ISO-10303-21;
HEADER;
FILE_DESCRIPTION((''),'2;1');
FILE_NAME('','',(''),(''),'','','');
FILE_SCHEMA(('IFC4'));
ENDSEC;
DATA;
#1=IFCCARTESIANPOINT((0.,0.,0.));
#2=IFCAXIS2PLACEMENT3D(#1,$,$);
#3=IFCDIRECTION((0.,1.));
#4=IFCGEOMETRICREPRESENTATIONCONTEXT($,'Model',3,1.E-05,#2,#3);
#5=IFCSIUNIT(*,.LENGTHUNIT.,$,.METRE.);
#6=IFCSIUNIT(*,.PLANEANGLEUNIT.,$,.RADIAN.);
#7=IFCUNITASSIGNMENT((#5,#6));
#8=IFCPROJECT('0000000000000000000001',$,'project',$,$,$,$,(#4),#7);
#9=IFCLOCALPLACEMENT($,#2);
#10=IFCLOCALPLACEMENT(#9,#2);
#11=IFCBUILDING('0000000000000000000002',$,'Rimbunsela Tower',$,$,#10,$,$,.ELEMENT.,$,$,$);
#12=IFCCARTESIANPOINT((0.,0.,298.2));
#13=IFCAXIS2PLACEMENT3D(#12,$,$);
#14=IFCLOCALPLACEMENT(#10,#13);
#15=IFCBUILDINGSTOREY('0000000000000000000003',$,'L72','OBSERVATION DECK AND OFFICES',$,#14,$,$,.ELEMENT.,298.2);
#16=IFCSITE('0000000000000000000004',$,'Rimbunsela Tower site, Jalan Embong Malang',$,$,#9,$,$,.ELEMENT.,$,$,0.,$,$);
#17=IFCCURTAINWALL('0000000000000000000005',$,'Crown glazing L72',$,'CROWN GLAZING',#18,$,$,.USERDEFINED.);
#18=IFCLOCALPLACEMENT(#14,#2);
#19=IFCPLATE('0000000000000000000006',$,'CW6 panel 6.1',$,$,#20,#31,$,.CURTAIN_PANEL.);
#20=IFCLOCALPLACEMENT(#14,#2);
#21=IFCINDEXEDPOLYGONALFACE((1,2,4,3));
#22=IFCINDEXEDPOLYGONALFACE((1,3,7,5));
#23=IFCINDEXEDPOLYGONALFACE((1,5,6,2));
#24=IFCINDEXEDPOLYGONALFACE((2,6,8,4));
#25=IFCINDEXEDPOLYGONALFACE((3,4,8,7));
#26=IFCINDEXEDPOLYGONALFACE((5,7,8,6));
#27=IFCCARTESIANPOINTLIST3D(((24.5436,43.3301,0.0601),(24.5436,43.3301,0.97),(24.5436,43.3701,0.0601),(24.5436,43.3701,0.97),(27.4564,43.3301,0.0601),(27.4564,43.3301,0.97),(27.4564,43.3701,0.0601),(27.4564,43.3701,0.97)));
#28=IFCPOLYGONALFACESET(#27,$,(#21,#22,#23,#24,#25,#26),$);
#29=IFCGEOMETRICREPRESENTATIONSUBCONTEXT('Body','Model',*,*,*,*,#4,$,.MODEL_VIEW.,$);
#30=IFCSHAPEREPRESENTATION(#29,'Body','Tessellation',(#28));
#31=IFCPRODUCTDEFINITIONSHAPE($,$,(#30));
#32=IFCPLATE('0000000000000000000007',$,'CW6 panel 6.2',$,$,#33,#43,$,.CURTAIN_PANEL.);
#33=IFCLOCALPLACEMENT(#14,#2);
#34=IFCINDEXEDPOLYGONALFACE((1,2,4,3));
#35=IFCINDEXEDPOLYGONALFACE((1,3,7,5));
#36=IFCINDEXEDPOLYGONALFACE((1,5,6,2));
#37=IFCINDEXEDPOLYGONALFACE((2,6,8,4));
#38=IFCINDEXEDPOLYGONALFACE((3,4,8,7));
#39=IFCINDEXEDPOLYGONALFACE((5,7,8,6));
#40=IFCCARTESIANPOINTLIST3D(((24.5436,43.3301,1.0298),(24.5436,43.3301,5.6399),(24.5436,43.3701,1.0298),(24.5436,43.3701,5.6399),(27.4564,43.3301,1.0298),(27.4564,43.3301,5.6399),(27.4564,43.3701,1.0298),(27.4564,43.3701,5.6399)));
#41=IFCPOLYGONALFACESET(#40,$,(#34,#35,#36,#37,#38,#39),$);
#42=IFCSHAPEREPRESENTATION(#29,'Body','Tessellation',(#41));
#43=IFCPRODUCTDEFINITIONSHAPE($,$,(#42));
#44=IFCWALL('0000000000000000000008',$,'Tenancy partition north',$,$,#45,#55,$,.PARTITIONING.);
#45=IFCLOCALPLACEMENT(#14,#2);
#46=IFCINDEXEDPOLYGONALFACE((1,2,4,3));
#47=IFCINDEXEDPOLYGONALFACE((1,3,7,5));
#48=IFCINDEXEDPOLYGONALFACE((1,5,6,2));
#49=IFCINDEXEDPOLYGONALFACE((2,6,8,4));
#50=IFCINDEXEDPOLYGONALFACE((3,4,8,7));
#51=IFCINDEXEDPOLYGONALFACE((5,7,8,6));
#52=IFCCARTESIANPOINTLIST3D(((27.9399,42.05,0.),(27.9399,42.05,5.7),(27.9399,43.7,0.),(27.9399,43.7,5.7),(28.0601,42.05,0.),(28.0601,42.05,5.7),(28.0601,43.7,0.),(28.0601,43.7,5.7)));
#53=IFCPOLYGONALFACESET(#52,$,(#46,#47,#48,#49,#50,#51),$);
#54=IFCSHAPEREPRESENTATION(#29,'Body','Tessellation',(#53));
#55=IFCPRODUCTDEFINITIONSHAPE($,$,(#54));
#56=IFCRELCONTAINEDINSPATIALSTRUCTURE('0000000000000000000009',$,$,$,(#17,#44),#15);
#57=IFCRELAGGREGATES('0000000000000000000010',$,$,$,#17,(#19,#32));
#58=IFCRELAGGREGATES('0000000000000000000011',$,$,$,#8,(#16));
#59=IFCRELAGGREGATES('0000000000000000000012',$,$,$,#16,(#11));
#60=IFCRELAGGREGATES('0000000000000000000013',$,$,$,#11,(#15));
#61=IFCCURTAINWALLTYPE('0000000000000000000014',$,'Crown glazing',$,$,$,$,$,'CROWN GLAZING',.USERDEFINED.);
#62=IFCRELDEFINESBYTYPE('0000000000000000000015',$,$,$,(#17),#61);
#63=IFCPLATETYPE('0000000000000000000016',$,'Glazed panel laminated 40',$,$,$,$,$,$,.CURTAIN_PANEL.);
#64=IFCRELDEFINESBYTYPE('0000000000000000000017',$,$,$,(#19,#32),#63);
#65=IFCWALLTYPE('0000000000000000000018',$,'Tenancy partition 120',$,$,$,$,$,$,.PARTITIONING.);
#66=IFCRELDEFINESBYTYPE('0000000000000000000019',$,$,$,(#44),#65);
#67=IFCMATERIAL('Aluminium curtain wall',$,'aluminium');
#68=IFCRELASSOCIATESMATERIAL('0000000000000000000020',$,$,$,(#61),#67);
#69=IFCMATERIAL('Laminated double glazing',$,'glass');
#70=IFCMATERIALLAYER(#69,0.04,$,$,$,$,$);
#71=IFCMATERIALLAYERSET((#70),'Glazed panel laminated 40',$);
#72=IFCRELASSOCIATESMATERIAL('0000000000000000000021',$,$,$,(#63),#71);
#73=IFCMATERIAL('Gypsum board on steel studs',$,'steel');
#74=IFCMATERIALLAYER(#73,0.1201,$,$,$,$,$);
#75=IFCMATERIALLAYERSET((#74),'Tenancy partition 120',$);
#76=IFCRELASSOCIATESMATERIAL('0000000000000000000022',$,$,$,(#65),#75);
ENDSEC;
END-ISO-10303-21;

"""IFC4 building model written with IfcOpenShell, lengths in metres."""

from ifc_helpers import new_model, si_unit, direction, frame, frame_2d, origin, origin_2d, place, context, subcontext, project, spatial, rectangle, extrude, material, layer, layer_set, type_object, element, aggregate, save


model = new_model("IFC4")

# Units and contexts
model_context = context("Model", 3, precision=1e-05, world=origin(), true_north=direction((0.0, 1.0)))
body_context = subcontext(model_context, "Body", "Model", "MODEL_VIEW")
ifc_project = project(units=[si_unit("LENGTHUNIT", "METRE"), si_unit("PLANEANGLEUNIT", "RADIAN")], contexts=[model_context])

# Site, building, storey
site_placement = place(None, origin())
site = spatial("IfcSite", under=ifc_project, at=site_placement, Name="Rimbunsela Tower site, Jalan Embong Malang", CompositionType="ELEMENT", RefElevation=0.0)
building_placement = place(site_placement, origin())
building = spatial("IfcBuilding", under=site, at=building_placement, Name="Rimbunsela Tower", CompositionType="ELEMENT")
storey_placement = place(building_placement, frame((0.0, 0.0, 298.2)))
storey = spatial("IfcBuildingStorey", under=building, at=storey_placement, Name="L72", Description="OBSERVATION DECK AND OFFICES", CompositionType="ELEMENT", Elevation=298.2)

# Curtain wall, plates
ifc_material_1 = material(Name="Aluminium curtain wall", Category="aluminium")
curtain_wall_type = type_object("IfcCurtainWallType", Name="Crown glazing", ElementType="CROWN GLAZING", PredefinedType="USERDEFINED", material=ifc_material_1)
curtain_wall_placement = place(storey_placement, origin())
curtain_wall = element("IfcCurtainWall", 1, at=curtain_wall_placement, inside=storey, type_object=curtain_wall_type, Name="Crown glazing L72", ObjectType="CROWN GLAZING", PredefinedType="USERDEFINED")
ifc_material_2 = material(Name="Laminated double glazing", Category="glass")
ifc_layer_1 = layer(ifc_material_2, 0.04)
ifc_layer_set_1 = layer_set([ifc_layer_1], Name="Glazed panel laminated 40")
plate_type = type_object("IfcPlateType", Name="Glazed panel laminated 40", PredefinedType="CURTAIN_PANEL", material=ifc_layer_set_1)
plate_1_placement = place(storey_placement, frame((26.0, 43.3501, 0.0601), z_axis=(0.0, 0.0, 1.0), x_axis=(-1.0, 0.0, 0.0)))
plate_1 = element("IfcPlate", 2, at=plate_1_placement, type_object=plate_type, Name="CW6 panel 6.1", PredefinedType="CURTAIN_PANEL", context=body_context, shape_type="SweptSolid", body=[
    extrude(rectangle(XDim=2.9128, YDim=0.04, at=origin_2d()), origin(), (0.0, 0.0, 1.0), 0.9099),
])
plate_2_placement = place(storey_placement, frame((26.0, 43.3501, 1.0298), z_axis=(0.0, 0.0, 1.0), x_axis=(-1.0, 0.0, 0.0)))
plate_2 = element("IfcPlate", 3, at=plate_2_placement, type_object=plate_type, Name="CW6 panel 6.2", PredefinedType="CURTAIN_PANEL", context=body_context, shape_type="SweptSolid", body=[
    extrude(rectangle(XDim=2.9128, YDim=0.04, at=origin_2d()), origin(), (0.0, 0.0, 1.0), 4.6101),
])
aggregate(curtain_wall, [plate_1, plate_2])

# Wall
ifc_material_3 = material(Name="Gypsum board on steel studs", Category="steel")
ifc_layer_2 = layer(ifc_material_3, 0.1201)
ifc_layer_set_2 = layer_set([ifc_layer_2], Name="Tenancy partition 120")
wall_type = type_object("IfcWallType", Name="Tenancy partition 120", PredefinedType="PARTITIONING", material=ifc_layer_set_2)
wall_placement = place(storey_placement, frame((28.0, 42.05, 0.0), z_axis=(0.0, 0.0, 1.0), x_axis=(0.0, 1.0, 0.0)))
element("IfcWall", 4, at=wall_placement, inside=storey, type_object=wall_type, Name="Tenancy partition north", PredefinedType="PARTITIONING", context=body_context, shape_type="SweptSolid", body=[
    extrude(rectangle(XDim=1.6499, YDim=0.1201, at=frame_2d((0.825, 0.0))), origin(), (0.0, 0.0, 1.0), 5.7),
])

save(model, "model.ifc")
